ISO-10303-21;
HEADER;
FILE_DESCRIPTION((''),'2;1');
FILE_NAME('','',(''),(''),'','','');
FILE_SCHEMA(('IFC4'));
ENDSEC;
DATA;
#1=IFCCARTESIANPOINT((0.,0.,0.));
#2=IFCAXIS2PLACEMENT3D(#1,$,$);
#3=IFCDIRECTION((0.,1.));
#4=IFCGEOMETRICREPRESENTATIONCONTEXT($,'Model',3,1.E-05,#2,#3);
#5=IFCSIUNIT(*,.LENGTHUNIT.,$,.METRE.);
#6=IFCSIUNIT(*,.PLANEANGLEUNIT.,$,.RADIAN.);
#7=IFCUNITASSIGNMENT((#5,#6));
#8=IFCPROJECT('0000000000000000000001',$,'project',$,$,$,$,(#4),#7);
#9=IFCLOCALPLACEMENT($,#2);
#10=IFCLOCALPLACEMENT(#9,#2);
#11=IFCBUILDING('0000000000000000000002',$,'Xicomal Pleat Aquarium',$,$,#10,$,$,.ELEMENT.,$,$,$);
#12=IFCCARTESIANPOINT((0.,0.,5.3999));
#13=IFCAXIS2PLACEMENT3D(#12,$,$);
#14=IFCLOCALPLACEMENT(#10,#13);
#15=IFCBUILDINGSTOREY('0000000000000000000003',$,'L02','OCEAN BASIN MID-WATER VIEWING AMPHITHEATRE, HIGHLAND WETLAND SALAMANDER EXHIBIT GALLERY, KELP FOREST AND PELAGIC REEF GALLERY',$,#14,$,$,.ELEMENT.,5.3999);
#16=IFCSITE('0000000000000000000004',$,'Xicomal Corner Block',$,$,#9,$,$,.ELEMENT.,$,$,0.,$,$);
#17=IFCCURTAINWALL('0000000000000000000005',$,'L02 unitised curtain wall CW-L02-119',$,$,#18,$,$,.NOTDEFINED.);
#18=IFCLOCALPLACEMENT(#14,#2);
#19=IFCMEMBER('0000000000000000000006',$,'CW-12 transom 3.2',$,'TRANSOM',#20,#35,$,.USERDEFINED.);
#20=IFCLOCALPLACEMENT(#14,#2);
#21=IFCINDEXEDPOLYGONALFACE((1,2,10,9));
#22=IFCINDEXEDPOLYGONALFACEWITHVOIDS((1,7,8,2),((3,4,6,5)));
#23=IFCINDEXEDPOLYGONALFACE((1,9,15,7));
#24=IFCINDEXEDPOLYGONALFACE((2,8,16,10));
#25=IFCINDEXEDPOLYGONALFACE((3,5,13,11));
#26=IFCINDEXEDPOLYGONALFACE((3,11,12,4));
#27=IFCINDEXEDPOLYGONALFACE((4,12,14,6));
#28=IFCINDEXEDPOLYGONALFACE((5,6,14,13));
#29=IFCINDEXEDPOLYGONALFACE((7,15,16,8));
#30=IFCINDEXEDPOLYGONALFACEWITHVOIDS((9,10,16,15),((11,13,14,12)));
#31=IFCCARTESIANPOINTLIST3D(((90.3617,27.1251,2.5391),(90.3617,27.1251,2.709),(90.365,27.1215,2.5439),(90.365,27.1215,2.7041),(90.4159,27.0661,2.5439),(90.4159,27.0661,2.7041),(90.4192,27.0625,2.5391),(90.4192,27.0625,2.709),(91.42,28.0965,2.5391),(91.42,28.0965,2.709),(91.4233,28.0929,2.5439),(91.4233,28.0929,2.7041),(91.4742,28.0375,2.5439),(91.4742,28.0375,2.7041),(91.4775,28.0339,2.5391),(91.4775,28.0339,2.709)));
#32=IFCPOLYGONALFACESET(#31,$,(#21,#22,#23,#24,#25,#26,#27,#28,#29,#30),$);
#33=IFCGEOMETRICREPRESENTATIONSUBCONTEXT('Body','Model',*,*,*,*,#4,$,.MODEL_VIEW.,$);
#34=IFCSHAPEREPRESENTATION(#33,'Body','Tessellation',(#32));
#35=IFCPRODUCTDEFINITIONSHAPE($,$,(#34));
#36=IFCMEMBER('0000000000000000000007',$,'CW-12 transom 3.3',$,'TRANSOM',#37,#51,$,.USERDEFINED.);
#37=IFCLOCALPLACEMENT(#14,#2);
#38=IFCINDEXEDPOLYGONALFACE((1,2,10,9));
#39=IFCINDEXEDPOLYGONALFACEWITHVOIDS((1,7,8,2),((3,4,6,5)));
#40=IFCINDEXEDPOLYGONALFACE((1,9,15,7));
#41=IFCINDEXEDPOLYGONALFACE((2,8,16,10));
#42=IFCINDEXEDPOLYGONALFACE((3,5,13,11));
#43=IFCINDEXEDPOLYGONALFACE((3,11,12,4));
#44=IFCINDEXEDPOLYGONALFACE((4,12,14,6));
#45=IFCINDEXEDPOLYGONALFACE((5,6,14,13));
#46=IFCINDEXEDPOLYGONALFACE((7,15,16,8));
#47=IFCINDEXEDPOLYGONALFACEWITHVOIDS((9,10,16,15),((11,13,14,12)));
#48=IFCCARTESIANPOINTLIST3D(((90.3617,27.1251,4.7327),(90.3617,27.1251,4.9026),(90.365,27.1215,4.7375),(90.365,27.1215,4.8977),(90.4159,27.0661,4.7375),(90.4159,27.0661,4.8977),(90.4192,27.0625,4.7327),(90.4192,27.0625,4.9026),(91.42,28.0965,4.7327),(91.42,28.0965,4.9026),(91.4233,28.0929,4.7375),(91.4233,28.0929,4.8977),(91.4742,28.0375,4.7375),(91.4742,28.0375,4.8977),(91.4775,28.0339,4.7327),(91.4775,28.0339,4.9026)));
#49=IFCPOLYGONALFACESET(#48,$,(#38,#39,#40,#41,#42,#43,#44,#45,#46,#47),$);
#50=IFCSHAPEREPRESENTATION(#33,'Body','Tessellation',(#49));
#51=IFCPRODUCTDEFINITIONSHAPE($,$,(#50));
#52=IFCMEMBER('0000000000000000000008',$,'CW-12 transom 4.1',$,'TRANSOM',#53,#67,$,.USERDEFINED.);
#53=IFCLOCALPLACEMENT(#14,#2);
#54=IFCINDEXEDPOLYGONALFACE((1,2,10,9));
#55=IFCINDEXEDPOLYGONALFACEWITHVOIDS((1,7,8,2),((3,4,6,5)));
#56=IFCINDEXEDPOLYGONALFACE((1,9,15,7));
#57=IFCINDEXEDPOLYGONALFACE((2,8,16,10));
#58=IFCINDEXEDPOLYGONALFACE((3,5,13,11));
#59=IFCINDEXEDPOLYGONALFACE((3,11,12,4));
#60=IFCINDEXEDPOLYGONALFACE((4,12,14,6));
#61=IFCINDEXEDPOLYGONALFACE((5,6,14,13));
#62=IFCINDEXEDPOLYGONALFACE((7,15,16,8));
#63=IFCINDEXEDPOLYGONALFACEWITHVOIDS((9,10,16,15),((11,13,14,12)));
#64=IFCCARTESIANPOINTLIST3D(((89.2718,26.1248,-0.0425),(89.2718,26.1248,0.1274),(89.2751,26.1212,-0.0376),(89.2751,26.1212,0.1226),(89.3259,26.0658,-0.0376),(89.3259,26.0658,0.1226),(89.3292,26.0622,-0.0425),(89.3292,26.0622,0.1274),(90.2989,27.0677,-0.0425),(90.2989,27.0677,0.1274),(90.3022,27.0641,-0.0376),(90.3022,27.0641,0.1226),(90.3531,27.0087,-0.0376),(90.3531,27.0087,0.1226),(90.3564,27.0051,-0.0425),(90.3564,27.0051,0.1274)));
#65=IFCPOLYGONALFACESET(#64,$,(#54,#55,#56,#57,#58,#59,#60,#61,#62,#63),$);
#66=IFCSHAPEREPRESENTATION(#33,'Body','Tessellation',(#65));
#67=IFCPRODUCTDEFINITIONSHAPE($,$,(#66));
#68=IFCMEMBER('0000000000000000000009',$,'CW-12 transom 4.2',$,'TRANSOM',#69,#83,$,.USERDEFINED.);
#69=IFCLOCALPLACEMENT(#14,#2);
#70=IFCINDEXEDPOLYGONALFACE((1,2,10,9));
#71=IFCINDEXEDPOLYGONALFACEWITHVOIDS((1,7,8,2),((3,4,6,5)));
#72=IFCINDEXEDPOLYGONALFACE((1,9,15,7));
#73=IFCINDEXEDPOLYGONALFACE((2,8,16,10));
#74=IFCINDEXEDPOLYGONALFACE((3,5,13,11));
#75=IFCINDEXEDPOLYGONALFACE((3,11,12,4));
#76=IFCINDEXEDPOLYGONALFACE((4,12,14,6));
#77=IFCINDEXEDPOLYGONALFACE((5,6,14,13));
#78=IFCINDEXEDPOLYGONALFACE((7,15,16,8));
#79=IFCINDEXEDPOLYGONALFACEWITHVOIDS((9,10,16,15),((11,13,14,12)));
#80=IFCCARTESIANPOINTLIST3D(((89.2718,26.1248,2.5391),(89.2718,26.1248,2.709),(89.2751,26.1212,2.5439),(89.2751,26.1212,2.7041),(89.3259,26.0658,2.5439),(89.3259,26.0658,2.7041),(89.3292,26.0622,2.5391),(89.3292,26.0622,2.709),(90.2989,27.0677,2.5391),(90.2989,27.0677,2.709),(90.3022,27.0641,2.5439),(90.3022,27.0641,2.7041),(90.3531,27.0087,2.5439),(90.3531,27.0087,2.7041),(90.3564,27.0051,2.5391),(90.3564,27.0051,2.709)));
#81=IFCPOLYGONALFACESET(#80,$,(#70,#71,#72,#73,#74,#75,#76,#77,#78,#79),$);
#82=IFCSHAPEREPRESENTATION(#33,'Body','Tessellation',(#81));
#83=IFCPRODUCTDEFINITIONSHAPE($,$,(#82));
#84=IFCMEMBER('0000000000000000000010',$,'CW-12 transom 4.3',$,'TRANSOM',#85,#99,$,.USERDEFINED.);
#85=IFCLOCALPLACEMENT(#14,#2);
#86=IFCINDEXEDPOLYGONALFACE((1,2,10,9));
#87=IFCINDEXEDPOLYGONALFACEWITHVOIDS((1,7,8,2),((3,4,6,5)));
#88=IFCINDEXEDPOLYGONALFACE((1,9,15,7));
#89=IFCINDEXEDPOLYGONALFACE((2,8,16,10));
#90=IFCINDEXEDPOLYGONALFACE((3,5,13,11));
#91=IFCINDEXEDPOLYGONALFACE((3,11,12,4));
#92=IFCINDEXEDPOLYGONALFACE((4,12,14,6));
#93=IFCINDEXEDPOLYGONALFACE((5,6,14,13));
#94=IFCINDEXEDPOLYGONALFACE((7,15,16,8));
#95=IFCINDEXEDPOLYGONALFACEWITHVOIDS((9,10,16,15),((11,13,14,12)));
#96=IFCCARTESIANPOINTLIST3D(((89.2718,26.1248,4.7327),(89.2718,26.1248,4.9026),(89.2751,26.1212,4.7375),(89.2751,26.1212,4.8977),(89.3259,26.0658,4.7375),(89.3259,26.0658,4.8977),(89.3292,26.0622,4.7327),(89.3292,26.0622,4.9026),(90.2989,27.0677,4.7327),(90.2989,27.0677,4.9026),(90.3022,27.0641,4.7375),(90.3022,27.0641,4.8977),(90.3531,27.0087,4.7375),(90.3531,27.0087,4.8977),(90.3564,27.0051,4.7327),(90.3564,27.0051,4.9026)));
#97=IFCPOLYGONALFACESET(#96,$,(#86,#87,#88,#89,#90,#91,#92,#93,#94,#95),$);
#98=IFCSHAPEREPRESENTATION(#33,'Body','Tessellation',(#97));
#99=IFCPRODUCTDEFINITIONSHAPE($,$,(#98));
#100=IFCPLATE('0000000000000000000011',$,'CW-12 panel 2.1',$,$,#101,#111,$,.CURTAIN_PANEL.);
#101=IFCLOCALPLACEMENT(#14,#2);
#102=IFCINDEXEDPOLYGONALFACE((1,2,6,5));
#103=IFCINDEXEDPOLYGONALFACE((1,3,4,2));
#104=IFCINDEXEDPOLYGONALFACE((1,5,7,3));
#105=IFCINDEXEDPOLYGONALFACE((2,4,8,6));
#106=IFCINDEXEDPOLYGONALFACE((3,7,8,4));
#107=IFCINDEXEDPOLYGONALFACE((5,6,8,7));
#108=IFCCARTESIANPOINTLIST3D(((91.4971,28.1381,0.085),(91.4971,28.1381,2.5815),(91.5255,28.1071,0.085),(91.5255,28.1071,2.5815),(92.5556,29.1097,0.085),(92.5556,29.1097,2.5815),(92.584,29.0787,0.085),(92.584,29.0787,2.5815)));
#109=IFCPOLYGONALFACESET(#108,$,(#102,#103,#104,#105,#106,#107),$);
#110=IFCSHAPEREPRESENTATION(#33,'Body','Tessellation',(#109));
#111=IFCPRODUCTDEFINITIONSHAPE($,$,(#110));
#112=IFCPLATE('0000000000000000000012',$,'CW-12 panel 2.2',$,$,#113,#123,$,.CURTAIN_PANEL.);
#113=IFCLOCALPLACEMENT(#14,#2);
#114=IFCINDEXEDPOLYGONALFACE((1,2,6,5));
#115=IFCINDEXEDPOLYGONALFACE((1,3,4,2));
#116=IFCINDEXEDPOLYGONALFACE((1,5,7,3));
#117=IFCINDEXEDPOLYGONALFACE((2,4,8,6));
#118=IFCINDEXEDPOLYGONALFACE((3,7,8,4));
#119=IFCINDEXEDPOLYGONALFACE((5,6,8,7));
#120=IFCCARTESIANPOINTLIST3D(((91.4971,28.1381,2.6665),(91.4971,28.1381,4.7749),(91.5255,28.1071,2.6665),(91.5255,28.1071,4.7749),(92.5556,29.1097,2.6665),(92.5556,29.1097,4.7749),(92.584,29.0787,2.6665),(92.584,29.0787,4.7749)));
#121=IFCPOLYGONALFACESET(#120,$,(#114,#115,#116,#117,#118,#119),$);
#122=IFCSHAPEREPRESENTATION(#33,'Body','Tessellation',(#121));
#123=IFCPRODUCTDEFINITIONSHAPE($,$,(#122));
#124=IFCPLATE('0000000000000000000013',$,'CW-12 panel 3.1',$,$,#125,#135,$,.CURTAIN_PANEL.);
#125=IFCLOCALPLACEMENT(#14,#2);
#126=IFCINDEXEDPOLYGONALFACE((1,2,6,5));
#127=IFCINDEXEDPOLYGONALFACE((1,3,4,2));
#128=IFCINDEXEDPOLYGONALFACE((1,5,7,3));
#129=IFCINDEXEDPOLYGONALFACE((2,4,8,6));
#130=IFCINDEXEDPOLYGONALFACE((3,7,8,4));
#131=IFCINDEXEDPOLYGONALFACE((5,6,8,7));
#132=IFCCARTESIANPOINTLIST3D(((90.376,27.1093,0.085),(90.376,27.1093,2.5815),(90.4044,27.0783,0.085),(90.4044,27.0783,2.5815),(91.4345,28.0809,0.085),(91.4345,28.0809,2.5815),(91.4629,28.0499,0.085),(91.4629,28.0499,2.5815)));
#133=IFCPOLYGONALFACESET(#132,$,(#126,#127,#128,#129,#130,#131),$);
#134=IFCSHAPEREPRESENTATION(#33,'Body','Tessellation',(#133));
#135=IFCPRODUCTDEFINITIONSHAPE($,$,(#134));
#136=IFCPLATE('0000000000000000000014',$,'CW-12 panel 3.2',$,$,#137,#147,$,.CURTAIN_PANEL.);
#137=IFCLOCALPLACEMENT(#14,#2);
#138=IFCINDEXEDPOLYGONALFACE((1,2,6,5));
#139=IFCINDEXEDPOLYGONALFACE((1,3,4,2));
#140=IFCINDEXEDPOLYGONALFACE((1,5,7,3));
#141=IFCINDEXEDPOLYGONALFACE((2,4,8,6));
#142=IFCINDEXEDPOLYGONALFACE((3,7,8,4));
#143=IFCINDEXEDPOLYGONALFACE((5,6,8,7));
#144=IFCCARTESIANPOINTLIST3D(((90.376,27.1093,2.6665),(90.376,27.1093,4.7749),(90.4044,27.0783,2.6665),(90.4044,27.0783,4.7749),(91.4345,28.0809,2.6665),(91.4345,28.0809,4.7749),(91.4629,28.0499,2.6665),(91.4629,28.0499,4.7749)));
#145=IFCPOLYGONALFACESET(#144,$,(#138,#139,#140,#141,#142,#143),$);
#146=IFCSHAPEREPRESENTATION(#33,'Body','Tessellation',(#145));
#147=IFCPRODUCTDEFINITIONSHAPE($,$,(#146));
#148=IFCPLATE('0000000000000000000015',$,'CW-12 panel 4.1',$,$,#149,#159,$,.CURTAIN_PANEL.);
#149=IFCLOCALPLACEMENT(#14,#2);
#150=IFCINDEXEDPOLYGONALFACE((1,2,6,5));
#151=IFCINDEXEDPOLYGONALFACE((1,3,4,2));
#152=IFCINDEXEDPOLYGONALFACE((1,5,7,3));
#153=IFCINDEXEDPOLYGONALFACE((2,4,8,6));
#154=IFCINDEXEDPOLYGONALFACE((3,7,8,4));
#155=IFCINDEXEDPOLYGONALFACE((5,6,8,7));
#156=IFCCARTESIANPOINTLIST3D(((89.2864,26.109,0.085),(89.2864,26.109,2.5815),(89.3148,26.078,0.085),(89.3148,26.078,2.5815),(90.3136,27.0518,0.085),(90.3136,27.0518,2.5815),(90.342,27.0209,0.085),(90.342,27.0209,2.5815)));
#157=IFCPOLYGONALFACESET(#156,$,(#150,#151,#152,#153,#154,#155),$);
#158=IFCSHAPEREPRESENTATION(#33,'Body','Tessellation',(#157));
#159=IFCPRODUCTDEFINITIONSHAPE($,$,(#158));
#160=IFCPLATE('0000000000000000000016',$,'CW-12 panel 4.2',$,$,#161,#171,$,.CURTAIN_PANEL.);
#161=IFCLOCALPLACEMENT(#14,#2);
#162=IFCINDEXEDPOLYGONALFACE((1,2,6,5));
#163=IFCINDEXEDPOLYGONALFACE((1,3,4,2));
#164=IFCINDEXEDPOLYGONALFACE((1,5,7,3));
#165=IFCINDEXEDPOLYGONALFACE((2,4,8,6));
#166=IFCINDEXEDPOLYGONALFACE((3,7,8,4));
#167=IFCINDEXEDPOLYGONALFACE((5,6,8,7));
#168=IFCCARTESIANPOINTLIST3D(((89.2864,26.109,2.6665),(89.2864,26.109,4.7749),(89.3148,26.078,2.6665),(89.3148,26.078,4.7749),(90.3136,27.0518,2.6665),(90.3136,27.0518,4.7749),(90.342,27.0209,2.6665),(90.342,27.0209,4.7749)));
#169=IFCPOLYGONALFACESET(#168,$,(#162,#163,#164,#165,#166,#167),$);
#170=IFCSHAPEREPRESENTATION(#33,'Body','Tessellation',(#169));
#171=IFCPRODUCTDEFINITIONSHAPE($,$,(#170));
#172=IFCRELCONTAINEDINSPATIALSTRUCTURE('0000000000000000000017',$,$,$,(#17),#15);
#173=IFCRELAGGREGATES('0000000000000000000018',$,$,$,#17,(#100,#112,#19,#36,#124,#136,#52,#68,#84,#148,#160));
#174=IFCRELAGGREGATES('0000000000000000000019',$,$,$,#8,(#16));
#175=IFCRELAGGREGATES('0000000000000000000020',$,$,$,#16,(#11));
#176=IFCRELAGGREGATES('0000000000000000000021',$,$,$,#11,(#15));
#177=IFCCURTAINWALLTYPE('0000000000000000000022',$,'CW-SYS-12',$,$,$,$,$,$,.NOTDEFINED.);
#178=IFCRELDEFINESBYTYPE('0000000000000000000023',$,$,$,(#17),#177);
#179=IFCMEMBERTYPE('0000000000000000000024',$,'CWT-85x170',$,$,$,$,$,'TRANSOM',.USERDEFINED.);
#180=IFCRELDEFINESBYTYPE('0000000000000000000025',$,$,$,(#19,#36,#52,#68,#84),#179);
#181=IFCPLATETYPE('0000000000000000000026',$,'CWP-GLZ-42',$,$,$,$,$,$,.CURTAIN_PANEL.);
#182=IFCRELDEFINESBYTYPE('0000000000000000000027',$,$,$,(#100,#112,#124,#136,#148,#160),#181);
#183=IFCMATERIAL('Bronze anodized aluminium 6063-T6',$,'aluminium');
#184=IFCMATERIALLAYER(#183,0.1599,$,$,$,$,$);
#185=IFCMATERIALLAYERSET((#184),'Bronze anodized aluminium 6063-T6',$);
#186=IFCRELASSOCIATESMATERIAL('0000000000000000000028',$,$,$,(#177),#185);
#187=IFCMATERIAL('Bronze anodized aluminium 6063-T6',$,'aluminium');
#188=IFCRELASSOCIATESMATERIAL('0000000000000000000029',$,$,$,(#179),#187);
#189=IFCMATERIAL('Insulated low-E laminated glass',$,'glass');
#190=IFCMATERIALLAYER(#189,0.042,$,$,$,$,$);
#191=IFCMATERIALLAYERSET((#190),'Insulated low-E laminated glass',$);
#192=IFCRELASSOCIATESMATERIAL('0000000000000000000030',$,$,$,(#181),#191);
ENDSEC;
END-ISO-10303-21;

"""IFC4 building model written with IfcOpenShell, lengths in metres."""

from ifc_helpers import new_model, si_unit, direction, frame, origin, origin_2d, place, context, subcontext, project, spatial, rectangle, hollow_rectangle, extrude, material, layer, layer_set, material_profile, profile_set, type_object, element, aggregate, save


model = new_model("IFC4")

# Units and contexts
model_context = context("Model", 3, precision=1e-05, world=origin(), true_north=direction((0.0, 1.0)))
body_context = subcontext(model_context, "Body", "Model", "MODEL_VIEW")
ifc_project = project(units=[si_unit("LENGTHUNIT", "METRE"), si_unit("PLANEANGLEUNIT", "RADIAN")], contexts=[model_context])

# Site, building, storey
site_placement = place(None, origin())
site = spatial("IfcSite", under=ifc_project, at=site_placement, Name="Xicomal Corner Block", CompositionType="ELEMENT", RefElevation=0.0)
building_placement = place(site_placement, origin())
building = spatial("IfcBuilding", under=site, at=building_placement, Name="Xicomal Pleat Aquarium", CompositionType="ELEMENT")
storey_placement = place(building_placement, frame((0.0, 0.0, 5.3999)))
storey = spatial("IfcBuildingStorey", under=building, at=storey_placement, Name="L02", Description="OCEAN BASIN MID-WATER VIEWING AMPHITHEATRE, HIGHLAND WETLAND SALAMANDER EXHIBIT GALLERY, KELP FOREST AND PELAGIC REEF GALLERY", CompositionType="ELEMENT", Elevation=5.3999)

# Curtain wall
ifc_material_1 = material(Name="Bronze anodized aluminium 6063-T6", Category="aluminium")
ifc_layer_1 = layer(ifc_material_1, 0.1599)
ifc_layer_set_1 = layer_set([ifc_layer_1], Name="Bronze anodized aluminium 6063-T6")
curtain_wall_type_1 = type_object("IfcCurtainWallType", Name="CW-SYS-12", PredefinedType="NOTDEFINED", material=ifc_layer_set_1)
curtain_wall_1_placement = place(storey_placement, origin())
curtain_wall_1 = element("IfcCurtainWall", 1, at=curtain_wall_1_placement, inside=storey, type_object=curtain_wall_type_1, Name="L02 unitised curtain wall CW-L02-119", PredefinedType="NOTDEFINED")

# Members
ifc_material_2 = material(Name="Bronze anodized aluminium 6063-T6", Category="aluminium")
ifc_material_profile_1 = material_profile(ifc_material_2, hollow_rectangle(XDim=0.085, YDim=0.1699, WallThickness=0.0049, at=origin_2d()), Name="ALU TRAN 85x170")
ifc_profile_set_1 = profile_set([ifc_material_profile_1], Name="Bronze anodized aluminium 6063-T6")
member_type_1 = type_object("IfcMemberType", Name="CWT-85x170", ElementType="TRANSOM", PredefinedType="USERDEFINED", material=ifc_profile_set_1)
member_1_placement = place(storey_placement, frame((91.4487, 28.0652, 2.624), z_axis=(-0.73671, -0.676209, 0.0), x_axis=(0.676209, -0.73671, 0.0)))
member_1 = element("IfcMember", 2, at=member_1_placement, type_object=member_type_1, Name="CW-12 transom 3.2", ObjectType="TRANSOM", PredefinedType="USERDEFINED", context=body_context, shape_type="SweptSolid", body=[
    extrude(hollow_rectangle(XDim=0.085, YDim=0.1699, WallThickness=0.0049, at=origin_2d()), origin(), (0.0, 0.0, 1.0), 1.4365),
])
member_2_placement = place(storey_placement, frame((91.4487, 28.0652, 4.8176), z_axis=(-0.73671, -0.676209, 0.0), x_axis=(0.676209, -0.73671, 0.0)))
member_2 = element("IfcMember", 3, at=member_2_placement, type_object=member_type_1, Name="CW-12 transom 3.3", ObjectType="TRANSOM", PredefinedType="USERDEFINED", context=body_context, shape_type="SweptSolid", body=[
    extrude(hollow_rectangle(XDim=0.085, YDim=0.1699, WallThickness=0.0049, at=origin_2d()), origin(), (0.0, 0.0, 1.0), 1.4365),
])
member_3_placement = place(storey_placement, frame((90.3276, 27.0364, 0.0425), z_axis=(-0.736667, -0.676256, 0.0), x_axis=(0.676256, -0.736667, 0.0)))
member_3 = element("IfcMember", 4, at=member_3_placement, type_object=member_type_1, Name="CW-12 transom 4.1", ObjectType="TRANSOM", PredefinedType="USERDEFINED", context=body_context, shape_type="SweptSolid", body=[
    extrude(hollow_rectangle(XDim=0.085, YDim=0.1699, WallThickness=0.0049, at=origin_2d()), origin(), (0.0, 0.0, 1.0), 1.3943),
])
member_4_placement = place(storey_placement, frame((90.3276, 27.0364, 2.624), z_axis=(-0.736667, -0.676256, 0.0), x_axis=(0.676256, -0.736667, 0.0)))
member_4 = element("IfcMember", 5, at=member_4_placement, type_object=member_type_1, Name="CW-12 transom 4.2", ObjectType="TRANSOM", PredefinedType="USERDEFINED", context=body_context, shape_type="SweptSolid", body=[
    extrude(hollow_rectangle(XDim=0.085, YDim=0.1699, WallThickness=0.0049, at=origin_2d()), origin(), (0.0, 0.0, 1.0), 1.3943),
])
member_5_placement = place(storey_placement, frame((90.3276, 27.0364, 4.8176), z_axis=(-0.736667, -0.676256, 0.0), x_axis=(0.676256, -0.736667, 0.0)))
member_5 = element("IfcMember", 6, at=member_5_placement, type_object=member_type_1, Name="CW-12 transom 4.3", ObjectType="TRANSOM", PredefinedType="USERDEFINED", context=body_context, shape_type="SweptSolid", body=[
    extrude(hollow_rectangle(XDim=0.085, YDim=0.1699, WallThickness=0.0049, at=origin_2d()), origin(), (0.0, 0.0, 1.0), 1.3943),
])

# Plates
ifc_material_3 = material(Name="Insulated low-E laminated glass", Category="glass")
ifc_layer_2 = layer(ifc_material_3, 0.042)
ifc_layer_set_2 = layer_set([ifc_layer_2], Name="Insulated low-E laminated glass")
plate_type = type_object("IfcPlateType", Name="CWP-GLZ-42", PredefinedType="CURTAIN_PANEL", material=ifc_layer_set_2)
plate_1_placement = place(storey_placement, frame((92.0405, 28.6084, 0.085), z_axis=(0.0, 0.0, 1.0), x_axis=(-0.73669, -0.67623, 0.0)))
plate_1 = element("IfcPlate", 7, at=plate_1_placement, type_object=plate_type, Name="CW-12 panel 2.1", PredefinedType="CURTAIN_PANEL", context=body_context, shape_type="SweptSolid", body=[
    extrude(rectangle(XDim=1.4368, YDim=0.042, at=origin_2d()), origin(), (0.0, 0.0, 1.0), 2.4966),
])
plate_2_placement = place(storey_placement, frame((92.0405, 28.6084, 2.6665), z_axis=(0.0, 0.0, 1.0), x_axis=(-0.73669, -0.67623, 0.0)))
plate_2 = element("IfcPlate", 8, at=plate_2_placement, type_object=plate_type, Name="CW-12 panel 2.2", PredefinedType="CURTAIN_PANEL", context=body_context, shape_type="SweptSolid", body=[
    extrude(rectangle(XDim=1.4368, YDim=0.042, at=origin_2d()), origin(), (0.0, 0.0, 1.0), 2.1084),
])
plate_3_placement = place(storey_placement, frame((90.9194, 27.5796, 0.085), z_axis=(0.0, 0.0, 1.0), x_axis=(-0.73669, -0.67623, 0.0)))
plate_3 = element("IfcPlate", 9, at=plate_3_placement, type_object=plate_type, Name="CW-12 panel 3.1", PredefinedType="CURTAIN_PANEL", context=body_context, shape_type="SweptSolid", body=[
    extrude(rectangle(XDim=1.4368, YDim=0.042, at=origin_2d()), origin(), (0.0, 0.0, 1.0), 2.4966),
])
plate_4_placement = place(storey_placement, frame((90.9194, 27.5796, 2.6665), z_axis=(0.0, 0.0, 1.0), x_axis=(-0.73669, -0.67623, 0.0)))
plate_4 = element("IfcPlate", 10, at=plate_4_placement, type_object=plate_type, Name="CW-12 panel 3.2", PredefinedType="CURTAIN_PANEL", context=body_context, shape_type="SweptSolid", body=[
    extrude(rectangle(XDim=1.4368, YDim=0.042, at=origin_2d()), origin(), (0.0, 0.0, 1.0), 2.1084),
])
plate_5_placement = place(storey_placement, frame((89.8142, 26.5649, 0.085), z_axis=(0.0, 0.0, 1.0), x_axis=(-0.73669, -0.67623, 0.0)))
plate_5 = element("IfcPlate", 11, at=plate_5_placement, type_object=plate_type, Name="CW-12 panel 4.1", PredefinedType="CURTAIN_PANEL", context=body_context, shape_type="SweptSolid", body=[
    extrude(rectangle(XDim=1.3943, YDim=0.042, at=origin_2d()), origin(), (0.0, 0.0, 1.0), 2.4966),
])
plate_6_placement = place(storey_placement, frame((89.8142, 26.5649, 2.6665), z_axis=(0.0, 0.0, 1.0), x_axis=(-0.73669, -0.67623, 0.0)))
plate_6 = element("IfcPlate", 12, at=plate_6_placement, type_object=plate_type, Name="CW-12 panel 4.2", PredefinedType="CURTAIN_PANEL", context=body_context, shape_type="SweptSolid", body=[
    extrude(rectangle(XDim=1.3943, YDim=0.042, at=origin_2d()), origin(), (0.0, 0.0, 1.0), 2.1084),
])
aggregate(curtain_wall_1, [plate_1, plate_2, member_1, member_2, plate_3, plate_4, member_3, member_4, member_5, plate_5, plate_6])

save(model, "model.ifc")
